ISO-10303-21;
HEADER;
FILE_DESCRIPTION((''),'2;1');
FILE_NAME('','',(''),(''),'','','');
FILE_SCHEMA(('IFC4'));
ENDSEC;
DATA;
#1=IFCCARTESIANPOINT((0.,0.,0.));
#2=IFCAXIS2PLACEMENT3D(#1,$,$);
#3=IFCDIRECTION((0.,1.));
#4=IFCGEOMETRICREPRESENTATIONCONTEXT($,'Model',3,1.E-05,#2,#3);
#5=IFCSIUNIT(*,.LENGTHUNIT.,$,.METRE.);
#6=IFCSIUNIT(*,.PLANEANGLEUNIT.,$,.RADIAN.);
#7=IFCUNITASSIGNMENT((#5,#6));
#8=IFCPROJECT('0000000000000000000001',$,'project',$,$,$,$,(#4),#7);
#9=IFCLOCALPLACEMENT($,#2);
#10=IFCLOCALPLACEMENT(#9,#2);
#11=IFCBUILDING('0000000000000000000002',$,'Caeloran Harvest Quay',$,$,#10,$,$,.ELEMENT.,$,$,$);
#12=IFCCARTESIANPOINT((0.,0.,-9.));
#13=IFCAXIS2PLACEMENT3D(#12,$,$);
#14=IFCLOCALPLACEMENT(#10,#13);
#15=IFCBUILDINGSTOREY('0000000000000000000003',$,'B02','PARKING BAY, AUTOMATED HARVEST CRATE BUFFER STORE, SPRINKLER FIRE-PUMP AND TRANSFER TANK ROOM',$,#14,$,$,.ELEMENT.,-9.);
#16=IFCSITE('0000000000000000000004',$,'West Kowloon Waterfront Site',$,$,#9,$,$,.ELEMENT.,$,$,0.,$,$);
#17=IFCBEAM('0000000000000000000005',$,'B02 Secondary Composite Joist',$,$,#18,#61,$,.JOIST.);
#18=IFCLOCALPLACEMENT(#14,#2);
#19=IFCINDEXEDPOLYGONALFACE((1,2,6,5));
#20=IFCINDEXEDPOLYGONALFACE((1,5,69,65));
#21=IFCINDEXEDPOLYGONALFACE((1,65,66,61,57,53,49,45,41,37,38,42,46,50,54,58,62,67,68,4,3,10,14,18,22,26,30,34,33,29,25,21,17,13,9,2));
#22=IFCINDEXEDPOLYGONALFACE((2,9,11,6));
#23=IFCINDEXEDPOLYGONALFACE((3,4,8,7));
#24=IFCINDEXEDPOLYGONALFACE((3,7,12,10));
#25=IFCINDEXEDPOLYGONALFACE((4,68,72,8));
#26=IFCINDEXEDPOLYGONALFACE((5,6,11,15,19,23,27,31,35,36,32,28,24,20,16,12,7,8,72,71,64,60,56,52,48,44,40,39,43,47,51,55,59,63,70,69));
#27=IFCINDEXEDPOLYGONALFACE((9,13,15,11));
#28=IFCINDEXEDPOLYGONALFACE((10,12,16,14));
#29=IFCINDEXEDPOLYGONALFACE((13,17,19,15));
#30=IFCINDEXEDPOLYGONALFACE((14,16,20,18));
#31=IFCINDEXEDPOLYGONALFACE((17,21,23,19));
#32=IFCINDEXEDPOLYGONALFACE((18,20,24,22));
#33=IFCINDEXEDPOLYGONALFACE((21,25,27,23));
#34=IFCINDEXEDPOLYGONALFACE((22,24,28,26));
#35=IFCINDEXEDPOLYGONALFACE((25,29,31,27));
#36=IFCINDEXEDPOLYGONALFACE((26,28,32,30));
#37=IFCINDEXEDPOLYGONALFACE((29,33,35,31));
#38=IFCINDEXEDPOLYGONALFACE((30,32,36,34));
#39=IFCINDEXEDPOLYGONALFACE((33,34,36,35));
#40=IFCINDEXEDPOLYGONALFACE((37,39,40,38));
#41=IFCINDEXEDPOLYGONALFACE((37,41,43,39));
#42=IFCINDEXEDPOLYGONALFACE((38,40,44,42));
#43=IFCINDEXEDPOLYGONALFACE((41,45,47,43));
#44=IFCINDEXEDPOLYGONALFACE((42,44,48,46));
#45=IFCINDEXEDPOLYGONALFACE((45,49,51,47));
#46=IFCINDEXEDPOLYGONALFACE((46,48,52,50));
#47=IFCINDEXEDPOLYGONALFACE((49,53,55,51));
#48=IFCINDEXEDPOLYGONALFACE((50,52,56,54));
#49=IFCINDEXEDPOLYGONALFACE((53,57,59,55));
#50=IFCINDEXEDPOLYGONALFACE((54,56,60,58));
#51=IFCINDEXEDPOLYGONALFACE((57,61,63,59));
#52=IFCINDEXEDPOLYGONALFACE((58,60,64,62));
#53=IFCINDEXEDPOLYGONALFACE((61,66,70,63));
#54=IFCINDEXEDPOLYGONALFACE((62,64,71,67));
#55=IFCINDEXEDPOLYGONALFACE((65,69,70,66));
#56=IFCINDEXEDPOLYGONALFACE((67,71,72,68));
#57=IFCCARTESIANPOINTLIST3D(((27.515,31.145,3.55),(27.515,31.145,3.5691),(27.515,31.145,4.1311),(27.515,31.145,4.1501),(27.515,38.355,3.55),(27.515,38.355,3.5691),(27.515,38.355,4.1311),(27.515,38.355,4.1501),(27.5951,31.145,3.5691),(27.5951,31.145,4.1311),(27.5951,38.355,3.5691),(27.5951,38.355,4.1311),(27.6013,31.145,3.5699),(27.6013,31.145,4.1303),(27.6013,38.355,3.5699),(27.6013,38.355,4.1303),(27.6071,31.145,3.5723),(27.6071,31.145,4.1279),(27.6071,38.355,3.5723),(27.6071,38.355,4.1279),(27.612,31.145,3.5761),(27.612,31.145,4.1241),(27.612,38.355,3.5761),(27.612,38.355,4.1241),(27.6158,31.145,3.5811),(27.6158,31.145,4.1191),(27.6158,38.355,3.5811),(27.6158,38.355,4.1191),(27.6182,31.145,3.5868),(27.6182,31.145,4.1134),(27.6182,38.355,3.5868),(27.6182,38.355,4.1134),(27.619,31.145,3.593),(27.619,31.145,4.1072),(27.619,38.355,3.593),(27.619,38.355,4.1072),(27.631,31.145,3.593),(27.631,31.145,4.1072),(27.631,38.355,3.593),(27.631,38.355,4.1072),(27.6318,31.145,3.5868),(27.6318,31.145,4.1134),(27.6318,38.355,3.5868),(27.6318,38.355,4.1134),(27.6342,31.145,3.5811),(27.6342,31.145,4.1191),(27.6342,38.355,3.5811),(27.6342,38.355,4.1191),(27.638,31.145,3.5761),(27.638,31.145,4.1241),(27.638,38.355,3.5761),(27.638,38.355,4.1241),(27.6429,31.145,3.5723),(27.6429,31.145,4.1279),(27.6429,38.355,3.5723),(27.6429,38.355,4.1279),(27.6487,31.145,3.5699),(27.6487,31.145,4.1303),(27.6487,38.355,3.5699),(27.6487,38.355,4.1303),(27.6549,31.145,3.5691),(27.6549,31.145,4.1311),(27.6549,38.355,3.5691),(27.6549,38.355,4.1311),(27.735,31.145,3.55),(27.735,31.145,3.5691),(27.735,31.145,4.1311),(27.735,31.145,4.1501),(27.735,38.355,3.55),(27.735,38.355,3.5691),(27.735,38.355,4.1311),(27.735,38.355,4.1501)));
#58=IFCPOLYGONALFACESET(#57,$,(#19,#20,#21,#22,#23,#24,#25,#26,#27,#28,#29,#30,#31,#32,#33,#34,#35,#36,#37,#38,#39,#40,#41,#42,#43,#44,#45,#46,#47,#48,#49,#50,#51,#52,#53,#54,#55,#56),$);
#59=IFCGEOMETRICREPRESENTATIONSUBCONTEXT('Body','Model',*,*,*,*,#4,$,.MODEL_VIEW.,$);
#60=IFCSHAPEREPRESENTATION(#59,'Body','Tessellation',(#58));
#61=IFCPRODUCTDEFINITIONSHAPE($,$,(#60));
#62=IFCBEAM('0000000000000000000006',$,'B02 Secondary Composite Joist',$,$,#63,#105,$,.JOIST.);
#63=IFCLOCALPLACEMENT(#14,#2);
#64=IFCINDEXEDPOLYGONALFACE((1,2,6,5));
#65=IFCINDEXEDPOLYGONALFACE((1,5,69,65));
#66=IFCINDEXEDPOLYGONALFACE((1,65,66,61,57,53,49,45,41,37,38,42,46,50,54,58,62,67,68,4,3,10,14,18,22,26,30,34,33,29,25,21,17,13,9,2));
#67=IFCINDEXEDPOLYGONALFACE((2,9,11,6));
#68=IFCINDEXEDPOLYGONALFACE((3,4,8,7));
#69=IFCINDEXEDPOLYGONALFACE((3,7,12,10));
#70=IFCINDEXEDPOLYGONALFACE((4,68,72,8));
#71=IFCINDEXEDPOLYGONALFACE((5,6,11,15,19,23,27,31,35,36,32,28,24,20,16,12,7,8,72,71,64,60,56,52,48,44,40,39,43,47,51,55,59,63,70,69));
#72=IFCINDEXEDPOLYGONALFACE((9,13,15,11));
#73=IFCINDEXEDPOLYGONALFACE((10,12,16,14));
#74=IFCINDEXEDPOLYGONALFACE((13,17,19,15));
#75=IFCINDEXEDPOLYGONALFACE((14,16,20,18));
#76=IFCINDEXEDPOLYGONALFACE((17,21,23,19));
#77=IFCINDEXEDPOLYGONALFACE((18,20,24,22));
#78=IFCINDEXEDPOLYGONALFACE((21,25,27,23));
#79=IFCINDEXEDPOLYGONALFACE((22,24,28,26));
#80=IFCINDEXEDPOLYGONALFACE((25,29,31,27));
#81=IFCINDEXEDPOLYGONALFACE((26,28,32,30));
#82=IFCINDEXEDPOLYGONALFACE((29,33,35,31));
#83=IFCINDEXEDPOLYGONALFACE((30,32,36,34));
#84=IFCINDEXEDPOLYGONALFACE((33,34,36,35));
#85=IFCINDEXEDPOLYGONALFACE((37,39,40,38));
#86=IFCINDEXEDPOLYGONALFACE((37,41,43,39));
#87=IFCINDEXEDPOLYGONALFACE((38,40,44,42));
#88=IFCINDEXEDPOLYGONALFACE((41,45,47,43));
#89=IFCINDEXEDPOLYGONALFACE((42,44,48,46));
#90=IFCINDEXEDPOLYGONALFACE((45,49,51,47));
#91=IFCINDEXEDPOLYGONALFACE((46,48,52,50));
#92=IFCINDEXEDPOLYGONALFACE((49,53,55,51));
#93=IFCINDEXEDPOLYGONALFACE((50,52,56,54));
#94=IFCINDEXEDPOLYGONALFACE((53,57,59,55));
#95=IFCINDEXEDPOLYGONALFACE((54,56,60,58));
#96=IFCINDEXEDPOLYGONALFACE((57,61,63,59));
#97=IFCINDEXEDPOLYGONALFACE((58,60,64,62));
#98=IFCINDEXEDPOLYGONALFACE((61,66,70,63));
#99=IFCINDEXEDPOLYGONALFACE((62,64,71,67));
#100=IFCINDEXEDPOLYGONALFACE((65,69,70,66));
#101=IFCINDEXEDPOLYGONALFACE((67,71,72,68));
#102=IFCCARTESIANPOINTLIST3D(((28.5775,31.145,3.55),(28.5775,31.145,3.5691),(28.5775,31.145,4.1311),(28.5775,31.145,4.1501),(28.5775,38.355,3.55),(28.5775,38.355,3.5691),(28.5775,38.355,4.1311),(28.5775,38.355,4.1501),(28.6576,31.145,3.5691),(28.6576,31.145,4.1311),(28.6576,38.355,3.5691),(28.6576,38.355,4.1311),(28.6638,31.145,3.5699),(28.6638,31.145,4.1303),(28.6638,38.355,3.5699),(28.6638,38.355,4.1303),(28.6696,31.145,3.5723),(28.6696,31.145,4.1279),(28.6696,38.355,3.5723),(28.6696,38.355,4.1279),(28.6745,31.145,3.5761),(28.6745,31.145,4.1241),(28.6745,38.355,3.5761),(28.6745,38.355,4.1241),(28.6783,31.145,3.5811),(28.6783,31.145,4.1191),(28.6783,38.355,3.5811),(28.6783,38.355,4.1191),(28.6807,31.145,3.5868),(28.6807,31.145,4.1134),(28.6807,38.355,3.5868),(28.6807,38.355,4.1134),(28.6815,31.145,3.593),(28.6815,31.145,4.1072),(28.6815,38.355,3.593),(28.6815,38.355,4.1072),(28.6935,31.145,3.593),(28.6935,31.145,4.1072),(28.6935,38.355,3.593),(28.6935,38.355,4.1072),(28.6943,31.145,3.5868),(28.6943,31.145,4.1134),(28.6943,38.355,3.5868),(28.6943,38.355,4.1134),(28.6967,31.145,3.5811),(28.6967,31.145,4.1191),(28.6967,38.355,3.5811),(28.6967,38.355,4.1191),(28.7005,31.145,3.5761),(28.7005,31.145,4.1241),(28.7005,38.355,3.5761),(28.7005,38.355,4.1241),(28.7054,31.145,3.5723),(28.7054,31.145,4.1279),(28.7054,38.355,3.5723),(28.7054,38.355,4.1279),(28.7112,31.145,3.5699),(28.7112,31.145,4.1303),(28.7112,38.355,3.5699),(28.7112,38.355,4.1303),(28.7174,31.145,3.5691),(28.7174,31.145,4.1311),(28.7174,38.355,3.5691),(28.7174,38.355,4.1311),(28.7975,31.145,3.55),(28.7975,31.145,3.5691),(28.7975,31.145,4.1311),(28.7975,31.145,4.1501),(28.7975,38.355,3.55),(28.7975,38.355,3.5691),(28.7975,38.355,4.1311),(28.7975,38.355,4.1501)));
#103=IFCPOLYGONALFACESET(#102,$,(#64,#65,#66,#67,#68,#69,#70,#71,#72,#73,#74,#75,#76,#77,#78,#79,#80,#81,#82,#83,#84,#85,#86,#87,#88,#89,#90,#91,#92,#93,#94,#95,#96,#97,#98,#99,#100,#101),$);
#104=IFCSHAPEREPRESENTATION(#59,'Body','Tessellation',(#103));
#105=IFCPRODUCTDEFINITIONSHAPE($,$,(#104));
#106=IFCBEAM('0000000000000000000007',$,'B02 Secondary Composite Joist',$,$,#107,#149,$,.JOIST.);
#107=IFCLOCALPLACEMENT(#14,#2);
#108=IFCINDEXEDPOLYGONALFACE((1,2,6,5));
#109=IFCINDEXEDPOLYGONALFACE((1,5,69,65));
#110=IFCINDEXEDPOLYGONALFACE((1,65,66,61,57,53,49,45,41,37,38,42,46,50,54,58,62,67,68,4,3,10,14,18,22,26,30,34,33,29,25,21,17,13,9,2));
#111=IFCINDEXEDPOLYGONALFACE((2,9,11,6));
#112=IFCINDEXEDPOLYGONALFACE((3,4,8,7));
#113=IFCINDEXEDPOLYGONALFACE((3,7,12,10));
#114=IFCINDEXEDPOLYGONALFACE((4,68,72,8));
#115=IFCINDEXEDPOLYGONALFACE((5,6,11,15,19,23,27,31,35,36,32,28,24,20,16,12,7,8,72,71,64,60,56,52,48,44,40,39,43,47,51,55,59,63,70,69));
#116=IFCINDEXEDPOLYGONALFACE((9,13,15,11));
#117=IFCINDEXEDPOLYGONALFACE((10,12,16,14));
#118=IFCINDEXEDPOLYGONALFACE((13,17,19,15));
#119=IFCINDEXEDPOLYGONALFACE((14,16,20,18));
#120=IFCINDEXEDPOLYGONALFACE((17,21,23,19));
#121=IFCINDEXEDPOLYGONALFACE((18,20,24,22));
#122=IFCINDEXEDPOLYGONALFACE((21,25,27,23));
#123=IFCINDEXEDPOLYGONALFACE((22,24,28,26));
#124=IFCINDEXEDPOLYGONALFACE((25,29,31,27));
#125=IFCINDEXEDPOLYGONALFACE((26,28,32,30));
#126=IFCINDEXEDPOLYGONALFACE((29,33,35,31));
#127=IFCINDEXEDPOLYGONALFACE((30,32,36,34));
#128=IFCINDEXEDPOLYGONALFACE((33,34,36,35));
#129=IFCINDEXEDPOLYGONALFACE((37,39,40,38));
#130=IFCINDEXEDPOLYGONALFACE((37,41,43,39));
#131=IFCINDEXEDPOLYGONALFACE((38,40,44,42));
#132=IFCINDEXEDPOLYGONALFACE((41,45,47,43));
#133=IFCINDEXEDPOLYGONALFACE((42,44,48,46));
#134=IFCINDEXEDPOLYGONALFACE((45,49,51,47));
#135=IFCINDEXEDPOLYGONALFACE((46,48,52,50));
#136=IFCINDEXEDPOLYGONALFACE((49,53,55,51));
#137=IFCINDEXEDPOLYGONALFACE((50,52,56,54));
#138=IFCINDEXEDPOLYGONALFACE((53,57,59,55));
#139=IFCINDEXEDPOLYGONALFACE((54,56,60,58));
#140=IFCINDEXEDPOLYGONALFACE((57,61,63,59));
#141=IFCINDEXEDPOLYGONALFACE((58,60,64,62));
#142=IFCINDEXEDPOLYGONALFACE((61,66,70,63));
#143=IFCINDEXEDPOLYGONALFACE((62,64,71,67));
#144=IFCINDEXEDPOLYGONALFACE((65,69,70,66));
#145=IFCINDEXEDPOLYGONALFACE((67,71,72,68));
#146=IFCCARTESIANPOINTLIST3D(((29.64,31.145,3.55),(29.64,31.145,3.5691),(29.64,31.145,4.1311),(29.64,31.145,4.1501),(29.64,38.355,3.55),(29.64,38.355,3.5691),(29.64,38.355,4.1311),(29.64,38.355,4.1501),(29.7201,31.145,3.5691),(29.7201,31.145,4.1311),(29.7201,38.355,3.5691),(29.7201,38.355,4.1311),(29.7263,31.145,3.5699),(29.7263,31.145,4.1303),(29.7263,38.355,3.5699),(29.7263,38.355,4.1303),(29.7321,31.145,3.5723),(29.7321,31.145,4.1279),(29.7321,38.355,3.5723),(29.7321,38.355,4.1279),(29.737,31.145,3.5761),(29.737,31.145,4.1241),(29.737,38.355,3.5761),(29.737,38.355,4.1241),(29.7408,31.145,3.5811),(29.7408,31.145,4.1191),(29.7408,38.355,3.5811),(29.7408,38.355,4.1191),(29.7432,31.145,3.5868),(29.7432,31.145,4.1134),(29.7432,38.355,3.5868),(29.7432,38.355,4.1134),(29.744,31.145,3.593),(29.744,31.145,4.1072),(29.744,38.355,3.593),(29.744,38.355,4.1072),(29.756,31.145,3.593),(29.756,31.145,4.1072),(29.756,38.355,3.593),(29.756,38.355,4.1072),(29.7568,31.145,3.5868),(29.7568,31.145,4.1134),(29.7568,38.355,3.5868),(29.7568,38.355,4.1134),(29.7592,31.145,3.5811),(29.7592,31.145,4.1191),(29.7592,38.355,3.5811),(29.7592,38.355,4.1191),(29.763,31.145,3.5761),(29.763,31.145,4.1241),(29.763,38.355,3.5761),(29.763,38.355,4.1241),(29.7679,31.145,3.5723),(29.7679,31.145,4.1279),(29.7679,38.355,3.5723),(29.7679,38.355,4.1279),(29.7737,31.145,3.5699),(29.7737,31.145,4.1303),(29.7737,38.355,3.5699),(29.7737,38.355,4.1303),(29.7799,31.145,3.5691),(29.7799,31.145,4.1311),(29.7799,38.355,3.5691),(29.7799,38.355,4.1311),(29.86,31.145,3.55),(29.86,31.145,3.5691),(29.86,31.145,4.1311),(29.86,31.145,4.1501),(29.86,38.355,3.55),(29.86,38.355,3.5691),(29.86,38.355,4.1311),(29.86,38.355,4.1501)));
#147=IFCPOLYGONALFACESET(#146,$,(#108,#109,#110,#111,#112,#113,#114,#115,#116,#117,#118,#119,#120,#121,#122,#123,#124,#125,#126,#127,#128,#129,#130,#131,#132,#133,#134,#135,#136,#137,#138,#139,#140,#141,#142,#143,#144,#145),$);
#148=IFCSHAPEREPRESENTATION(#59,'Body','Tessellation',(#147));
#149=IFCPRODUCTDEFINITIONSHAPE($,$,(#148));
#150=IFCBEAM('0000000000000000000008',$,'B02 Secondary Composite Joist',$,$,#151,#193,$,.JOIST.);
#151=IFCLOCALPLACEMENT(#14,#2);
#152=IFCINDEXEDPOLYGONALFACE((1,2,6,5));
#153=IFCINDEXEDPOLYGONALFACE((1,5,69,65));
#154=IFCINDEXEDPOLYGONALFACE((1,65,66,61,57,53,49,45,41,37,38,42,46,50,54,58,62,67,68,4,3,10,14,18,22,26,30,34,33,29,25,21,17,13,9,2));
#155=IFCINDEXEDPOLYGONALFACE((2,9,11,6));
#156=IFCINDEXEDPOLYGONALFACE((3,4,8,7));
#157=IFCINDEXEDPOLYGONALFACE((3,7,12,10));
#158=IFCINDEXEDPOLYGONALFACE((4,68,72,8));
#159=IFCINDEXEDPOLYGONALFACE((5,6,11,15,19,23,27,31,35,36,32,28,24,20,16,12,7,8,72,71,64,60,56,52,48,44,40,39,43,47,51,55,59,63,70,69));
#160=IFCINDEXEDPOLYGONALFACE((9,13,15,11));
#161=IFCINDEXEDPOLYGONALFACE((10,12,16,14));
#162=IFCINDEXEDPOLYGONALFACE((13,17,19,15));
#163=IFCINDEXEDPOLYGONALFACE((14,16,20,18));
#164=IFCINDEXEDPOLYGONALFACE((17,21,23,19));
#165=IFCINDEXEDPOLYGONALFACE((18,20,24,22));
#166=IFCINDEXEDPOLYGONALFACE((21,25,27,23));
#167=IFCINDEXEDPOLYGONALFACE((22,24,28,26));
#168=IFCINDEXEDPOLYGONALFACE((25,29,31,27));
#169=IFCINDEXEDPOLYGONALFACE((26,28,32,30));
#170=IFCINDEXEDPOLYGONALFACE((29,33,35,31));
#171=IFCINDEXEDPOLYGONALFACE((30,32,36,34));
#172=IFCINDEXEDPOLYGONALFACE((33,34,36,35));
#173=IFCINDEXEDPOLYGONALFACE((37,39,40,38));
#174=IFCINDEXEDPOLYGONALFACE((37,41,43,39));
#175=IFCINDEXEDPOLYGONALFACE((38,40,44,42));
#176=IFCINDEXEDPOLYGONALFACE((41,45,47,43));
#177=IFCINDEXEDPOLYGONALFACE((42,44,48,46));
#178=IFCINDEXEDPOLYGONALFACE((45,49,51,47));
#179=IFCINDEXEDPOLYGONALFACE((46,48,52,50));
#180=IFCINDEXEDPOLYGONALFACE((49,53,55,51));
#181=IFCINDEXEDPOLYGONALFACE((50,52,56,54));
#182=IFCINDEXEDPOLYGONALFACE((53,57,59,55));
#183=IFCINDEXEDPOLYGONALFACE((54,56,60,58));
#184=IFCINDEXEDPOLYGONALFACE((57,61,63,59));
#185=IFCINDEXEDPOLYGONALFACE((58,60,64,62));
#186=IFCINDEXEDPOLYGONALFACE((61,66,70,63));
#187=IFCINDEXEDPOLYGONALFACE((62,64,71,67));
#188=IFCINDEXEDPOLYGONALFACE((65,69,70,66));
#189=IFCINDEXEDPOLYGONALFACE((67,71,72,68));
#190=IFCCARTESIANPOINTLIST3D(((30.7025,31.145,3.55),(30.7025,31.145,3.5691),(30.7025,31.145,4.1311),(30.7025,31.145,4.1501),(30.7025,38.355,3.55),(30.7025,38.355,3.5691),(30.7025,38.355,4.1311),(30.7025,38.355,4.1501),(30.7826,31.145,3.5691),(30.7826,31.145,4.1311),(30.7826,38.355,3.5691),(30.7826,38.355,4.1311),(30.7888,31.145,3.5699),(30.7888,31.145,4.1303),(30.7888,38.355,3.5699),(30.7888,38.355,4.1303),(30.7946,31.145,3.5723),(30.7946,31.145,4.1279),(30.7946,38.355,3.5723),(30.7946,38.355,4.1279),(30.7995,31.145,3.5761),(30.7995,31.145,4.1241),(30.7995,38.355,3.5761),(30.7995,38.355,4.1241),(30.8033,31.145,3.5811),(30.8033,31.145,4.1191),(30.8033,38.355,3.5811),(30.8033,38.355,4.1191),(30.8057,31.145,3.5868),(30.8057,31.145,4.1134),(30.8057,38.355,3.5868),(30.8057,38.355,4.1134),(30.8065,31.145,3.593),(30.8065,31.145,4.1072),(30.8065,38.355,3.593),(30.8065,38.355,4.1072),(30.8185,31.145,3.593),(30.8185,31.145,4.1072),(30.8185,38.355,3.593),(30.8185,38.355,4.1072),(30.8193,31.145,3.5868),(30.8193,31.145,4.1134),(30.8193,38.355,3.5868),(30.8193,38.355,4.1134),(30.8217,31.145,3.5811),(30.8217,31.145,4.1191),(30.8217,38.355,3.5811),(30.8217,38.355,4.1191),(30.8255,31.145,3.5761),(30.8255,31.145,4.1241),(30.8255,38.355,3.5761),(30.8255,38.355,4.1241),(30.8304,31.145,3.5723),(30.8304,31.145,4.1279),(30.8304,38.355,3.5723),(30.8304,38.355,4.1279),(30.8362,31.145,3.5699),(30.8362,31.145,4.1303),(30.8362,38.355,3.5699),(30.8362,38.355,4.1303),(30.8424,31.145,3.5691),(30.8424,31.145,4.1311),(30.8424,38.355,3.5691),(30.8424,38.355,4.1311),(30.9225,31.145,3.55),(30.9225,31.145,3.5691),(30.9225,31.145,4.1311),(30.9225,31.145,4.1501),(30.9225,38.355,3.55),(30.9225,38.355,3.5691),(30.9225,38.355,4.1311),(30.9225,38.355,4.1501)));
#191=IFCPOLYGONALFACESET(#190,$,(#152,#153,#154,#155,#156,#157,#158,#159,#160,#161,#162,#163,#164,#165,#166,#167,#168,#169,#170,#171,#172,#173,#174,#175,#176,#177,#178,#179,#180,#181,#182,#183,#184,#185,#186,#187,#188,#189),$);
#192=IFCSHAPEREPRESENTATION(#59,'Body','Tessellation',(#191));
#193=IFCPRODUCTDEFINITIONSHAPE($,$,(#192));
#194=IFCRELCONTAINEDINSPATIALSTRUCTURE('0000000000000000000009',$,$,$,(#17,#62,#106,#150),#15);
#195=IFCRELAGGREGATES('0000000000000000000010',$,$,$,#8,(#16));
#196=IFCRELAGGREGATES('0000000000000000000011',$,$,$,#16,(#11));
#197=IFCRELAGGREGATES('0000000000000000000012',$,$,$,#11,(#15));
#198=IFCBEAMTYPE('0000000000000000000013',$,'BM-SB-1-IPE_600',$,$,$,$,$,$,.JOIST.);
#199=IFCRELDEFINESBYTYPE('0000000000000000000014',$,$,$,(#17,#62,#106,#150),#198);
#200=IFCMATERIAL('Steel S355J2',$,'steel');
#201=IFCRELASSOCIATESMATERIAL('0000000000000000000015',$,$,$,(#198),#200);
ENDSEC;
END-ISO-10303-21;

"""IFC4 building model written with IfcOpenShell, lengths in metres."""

from ifc_helpers import new_model, si_unit, direction, frame, origin, origin_2d, place, context, subcontext, project, spatial, i_section, extrude, material, material_profile, profile_set, type_object, element, save


model = new_model("IFC4")

# Units and contexts
model_context = context("Model", 3, precision=1e-05, world=origin(), true_north=direction((0.0, 1.0)))
body_context = subcontext(model_context, "Body", "Model", "MODEL_VIEW")
ifc_project = project(units=[si_unit("LENGTHUNIT", "METRE"), si_unit("PLANEANGLEUNIT", "RADIAN")], contexts=[model_context])

# Site, building, storey
site_placement = place(None, origin())
site = spatial("IfcSite", under=ifc_project, at=site_placement, Name="West Kowloon Waterfront Site", CompositionType="ELEMENT", RefElevation=0.0)
building_placement = place(site_placement, origin())
building = spatial("IfcBuilding", under=site, at=building_placement, Name="Caeloran Harvest Quay", CompositionType="ELEMENT")
storey_placement = place(building_placement, frame((0.0, 0.0, -9.0)))
storey = spatial("IfcBuildingStorey", under=building, at=storey_placement, Name="B02", Description="PARKING BAY, AUTOMATED HARVEST CRATE BUFFER STORE, SPRINKLER FIRE-PUMP AND TRANSFER TANK ROOM", CompositionType="ELEMENT", Elevation=-9.0)

# Beams
ifc_material_1 = material(Name="Steel S355J2", Category="steel")
ifc_material_profile_1 = material_profile(ifc_material_1, i_section(OverallWidth=0.22, OverallDepth=0.6001, WebThickness=0.012, FlangeThickness=0.019, FilletRadius=0.0239, at=origin_2d()), Name="IPE 600")
ifc_profile_set_1 = profile_set([ifc_material_profile_1], Name="Steel S355J2")
beam_type_1 = type_object("IfcBeamType", Name="BM-SB-1-IPE_600", PredefinedType="JOIST", material=ifc_profile_set_1)
for number, where, z_axis, x_axis, name in (
    (1, (27.625, 31.145, 3.8501), (0.0, 1.0, 0.0), (-1.0, 0.0, 0.0), "B02 Secondary Composite Joist"),
    (2, (28.6875, 31.145, 3.8501), (0.0, 1.0, 0.0), (-1.0, 0.0, 0.0), "B02 Secondary Composite Joist"),
    (3, (29.75, 31.145, 3.8501), (0.0, 1.0, 0.0), (-1.0, 0.0, 0.0), "B02 Secondary Composite Joist"),
    (4, (30.8125, 31.145, 3.8501), (0.0, 1.0, 0.0), (-1.0, 0.0, 0.0), "B02 Secondary Composite Joist"),
):
    element("IfcBeam", number, at=place(storey_placement, frame(where, z_axis=z_axis, x_axis=x_axis)), inside=storey, type_object=beam_type_1, Name=name, PredefinedType="JOIST", context=body_context, shape_type="SweptSolid", body=[
        extrude(i_section(OverallWidth=0.22, OverallDepth=0.6001, WebThickness=0.012, FlangeThickness=0.019, FilletRadius=0.0239, at=origin_2d()), origin(), (0.0, 0.0, 1.0), 7.21),
    ])

save(model, "model.ifc")
